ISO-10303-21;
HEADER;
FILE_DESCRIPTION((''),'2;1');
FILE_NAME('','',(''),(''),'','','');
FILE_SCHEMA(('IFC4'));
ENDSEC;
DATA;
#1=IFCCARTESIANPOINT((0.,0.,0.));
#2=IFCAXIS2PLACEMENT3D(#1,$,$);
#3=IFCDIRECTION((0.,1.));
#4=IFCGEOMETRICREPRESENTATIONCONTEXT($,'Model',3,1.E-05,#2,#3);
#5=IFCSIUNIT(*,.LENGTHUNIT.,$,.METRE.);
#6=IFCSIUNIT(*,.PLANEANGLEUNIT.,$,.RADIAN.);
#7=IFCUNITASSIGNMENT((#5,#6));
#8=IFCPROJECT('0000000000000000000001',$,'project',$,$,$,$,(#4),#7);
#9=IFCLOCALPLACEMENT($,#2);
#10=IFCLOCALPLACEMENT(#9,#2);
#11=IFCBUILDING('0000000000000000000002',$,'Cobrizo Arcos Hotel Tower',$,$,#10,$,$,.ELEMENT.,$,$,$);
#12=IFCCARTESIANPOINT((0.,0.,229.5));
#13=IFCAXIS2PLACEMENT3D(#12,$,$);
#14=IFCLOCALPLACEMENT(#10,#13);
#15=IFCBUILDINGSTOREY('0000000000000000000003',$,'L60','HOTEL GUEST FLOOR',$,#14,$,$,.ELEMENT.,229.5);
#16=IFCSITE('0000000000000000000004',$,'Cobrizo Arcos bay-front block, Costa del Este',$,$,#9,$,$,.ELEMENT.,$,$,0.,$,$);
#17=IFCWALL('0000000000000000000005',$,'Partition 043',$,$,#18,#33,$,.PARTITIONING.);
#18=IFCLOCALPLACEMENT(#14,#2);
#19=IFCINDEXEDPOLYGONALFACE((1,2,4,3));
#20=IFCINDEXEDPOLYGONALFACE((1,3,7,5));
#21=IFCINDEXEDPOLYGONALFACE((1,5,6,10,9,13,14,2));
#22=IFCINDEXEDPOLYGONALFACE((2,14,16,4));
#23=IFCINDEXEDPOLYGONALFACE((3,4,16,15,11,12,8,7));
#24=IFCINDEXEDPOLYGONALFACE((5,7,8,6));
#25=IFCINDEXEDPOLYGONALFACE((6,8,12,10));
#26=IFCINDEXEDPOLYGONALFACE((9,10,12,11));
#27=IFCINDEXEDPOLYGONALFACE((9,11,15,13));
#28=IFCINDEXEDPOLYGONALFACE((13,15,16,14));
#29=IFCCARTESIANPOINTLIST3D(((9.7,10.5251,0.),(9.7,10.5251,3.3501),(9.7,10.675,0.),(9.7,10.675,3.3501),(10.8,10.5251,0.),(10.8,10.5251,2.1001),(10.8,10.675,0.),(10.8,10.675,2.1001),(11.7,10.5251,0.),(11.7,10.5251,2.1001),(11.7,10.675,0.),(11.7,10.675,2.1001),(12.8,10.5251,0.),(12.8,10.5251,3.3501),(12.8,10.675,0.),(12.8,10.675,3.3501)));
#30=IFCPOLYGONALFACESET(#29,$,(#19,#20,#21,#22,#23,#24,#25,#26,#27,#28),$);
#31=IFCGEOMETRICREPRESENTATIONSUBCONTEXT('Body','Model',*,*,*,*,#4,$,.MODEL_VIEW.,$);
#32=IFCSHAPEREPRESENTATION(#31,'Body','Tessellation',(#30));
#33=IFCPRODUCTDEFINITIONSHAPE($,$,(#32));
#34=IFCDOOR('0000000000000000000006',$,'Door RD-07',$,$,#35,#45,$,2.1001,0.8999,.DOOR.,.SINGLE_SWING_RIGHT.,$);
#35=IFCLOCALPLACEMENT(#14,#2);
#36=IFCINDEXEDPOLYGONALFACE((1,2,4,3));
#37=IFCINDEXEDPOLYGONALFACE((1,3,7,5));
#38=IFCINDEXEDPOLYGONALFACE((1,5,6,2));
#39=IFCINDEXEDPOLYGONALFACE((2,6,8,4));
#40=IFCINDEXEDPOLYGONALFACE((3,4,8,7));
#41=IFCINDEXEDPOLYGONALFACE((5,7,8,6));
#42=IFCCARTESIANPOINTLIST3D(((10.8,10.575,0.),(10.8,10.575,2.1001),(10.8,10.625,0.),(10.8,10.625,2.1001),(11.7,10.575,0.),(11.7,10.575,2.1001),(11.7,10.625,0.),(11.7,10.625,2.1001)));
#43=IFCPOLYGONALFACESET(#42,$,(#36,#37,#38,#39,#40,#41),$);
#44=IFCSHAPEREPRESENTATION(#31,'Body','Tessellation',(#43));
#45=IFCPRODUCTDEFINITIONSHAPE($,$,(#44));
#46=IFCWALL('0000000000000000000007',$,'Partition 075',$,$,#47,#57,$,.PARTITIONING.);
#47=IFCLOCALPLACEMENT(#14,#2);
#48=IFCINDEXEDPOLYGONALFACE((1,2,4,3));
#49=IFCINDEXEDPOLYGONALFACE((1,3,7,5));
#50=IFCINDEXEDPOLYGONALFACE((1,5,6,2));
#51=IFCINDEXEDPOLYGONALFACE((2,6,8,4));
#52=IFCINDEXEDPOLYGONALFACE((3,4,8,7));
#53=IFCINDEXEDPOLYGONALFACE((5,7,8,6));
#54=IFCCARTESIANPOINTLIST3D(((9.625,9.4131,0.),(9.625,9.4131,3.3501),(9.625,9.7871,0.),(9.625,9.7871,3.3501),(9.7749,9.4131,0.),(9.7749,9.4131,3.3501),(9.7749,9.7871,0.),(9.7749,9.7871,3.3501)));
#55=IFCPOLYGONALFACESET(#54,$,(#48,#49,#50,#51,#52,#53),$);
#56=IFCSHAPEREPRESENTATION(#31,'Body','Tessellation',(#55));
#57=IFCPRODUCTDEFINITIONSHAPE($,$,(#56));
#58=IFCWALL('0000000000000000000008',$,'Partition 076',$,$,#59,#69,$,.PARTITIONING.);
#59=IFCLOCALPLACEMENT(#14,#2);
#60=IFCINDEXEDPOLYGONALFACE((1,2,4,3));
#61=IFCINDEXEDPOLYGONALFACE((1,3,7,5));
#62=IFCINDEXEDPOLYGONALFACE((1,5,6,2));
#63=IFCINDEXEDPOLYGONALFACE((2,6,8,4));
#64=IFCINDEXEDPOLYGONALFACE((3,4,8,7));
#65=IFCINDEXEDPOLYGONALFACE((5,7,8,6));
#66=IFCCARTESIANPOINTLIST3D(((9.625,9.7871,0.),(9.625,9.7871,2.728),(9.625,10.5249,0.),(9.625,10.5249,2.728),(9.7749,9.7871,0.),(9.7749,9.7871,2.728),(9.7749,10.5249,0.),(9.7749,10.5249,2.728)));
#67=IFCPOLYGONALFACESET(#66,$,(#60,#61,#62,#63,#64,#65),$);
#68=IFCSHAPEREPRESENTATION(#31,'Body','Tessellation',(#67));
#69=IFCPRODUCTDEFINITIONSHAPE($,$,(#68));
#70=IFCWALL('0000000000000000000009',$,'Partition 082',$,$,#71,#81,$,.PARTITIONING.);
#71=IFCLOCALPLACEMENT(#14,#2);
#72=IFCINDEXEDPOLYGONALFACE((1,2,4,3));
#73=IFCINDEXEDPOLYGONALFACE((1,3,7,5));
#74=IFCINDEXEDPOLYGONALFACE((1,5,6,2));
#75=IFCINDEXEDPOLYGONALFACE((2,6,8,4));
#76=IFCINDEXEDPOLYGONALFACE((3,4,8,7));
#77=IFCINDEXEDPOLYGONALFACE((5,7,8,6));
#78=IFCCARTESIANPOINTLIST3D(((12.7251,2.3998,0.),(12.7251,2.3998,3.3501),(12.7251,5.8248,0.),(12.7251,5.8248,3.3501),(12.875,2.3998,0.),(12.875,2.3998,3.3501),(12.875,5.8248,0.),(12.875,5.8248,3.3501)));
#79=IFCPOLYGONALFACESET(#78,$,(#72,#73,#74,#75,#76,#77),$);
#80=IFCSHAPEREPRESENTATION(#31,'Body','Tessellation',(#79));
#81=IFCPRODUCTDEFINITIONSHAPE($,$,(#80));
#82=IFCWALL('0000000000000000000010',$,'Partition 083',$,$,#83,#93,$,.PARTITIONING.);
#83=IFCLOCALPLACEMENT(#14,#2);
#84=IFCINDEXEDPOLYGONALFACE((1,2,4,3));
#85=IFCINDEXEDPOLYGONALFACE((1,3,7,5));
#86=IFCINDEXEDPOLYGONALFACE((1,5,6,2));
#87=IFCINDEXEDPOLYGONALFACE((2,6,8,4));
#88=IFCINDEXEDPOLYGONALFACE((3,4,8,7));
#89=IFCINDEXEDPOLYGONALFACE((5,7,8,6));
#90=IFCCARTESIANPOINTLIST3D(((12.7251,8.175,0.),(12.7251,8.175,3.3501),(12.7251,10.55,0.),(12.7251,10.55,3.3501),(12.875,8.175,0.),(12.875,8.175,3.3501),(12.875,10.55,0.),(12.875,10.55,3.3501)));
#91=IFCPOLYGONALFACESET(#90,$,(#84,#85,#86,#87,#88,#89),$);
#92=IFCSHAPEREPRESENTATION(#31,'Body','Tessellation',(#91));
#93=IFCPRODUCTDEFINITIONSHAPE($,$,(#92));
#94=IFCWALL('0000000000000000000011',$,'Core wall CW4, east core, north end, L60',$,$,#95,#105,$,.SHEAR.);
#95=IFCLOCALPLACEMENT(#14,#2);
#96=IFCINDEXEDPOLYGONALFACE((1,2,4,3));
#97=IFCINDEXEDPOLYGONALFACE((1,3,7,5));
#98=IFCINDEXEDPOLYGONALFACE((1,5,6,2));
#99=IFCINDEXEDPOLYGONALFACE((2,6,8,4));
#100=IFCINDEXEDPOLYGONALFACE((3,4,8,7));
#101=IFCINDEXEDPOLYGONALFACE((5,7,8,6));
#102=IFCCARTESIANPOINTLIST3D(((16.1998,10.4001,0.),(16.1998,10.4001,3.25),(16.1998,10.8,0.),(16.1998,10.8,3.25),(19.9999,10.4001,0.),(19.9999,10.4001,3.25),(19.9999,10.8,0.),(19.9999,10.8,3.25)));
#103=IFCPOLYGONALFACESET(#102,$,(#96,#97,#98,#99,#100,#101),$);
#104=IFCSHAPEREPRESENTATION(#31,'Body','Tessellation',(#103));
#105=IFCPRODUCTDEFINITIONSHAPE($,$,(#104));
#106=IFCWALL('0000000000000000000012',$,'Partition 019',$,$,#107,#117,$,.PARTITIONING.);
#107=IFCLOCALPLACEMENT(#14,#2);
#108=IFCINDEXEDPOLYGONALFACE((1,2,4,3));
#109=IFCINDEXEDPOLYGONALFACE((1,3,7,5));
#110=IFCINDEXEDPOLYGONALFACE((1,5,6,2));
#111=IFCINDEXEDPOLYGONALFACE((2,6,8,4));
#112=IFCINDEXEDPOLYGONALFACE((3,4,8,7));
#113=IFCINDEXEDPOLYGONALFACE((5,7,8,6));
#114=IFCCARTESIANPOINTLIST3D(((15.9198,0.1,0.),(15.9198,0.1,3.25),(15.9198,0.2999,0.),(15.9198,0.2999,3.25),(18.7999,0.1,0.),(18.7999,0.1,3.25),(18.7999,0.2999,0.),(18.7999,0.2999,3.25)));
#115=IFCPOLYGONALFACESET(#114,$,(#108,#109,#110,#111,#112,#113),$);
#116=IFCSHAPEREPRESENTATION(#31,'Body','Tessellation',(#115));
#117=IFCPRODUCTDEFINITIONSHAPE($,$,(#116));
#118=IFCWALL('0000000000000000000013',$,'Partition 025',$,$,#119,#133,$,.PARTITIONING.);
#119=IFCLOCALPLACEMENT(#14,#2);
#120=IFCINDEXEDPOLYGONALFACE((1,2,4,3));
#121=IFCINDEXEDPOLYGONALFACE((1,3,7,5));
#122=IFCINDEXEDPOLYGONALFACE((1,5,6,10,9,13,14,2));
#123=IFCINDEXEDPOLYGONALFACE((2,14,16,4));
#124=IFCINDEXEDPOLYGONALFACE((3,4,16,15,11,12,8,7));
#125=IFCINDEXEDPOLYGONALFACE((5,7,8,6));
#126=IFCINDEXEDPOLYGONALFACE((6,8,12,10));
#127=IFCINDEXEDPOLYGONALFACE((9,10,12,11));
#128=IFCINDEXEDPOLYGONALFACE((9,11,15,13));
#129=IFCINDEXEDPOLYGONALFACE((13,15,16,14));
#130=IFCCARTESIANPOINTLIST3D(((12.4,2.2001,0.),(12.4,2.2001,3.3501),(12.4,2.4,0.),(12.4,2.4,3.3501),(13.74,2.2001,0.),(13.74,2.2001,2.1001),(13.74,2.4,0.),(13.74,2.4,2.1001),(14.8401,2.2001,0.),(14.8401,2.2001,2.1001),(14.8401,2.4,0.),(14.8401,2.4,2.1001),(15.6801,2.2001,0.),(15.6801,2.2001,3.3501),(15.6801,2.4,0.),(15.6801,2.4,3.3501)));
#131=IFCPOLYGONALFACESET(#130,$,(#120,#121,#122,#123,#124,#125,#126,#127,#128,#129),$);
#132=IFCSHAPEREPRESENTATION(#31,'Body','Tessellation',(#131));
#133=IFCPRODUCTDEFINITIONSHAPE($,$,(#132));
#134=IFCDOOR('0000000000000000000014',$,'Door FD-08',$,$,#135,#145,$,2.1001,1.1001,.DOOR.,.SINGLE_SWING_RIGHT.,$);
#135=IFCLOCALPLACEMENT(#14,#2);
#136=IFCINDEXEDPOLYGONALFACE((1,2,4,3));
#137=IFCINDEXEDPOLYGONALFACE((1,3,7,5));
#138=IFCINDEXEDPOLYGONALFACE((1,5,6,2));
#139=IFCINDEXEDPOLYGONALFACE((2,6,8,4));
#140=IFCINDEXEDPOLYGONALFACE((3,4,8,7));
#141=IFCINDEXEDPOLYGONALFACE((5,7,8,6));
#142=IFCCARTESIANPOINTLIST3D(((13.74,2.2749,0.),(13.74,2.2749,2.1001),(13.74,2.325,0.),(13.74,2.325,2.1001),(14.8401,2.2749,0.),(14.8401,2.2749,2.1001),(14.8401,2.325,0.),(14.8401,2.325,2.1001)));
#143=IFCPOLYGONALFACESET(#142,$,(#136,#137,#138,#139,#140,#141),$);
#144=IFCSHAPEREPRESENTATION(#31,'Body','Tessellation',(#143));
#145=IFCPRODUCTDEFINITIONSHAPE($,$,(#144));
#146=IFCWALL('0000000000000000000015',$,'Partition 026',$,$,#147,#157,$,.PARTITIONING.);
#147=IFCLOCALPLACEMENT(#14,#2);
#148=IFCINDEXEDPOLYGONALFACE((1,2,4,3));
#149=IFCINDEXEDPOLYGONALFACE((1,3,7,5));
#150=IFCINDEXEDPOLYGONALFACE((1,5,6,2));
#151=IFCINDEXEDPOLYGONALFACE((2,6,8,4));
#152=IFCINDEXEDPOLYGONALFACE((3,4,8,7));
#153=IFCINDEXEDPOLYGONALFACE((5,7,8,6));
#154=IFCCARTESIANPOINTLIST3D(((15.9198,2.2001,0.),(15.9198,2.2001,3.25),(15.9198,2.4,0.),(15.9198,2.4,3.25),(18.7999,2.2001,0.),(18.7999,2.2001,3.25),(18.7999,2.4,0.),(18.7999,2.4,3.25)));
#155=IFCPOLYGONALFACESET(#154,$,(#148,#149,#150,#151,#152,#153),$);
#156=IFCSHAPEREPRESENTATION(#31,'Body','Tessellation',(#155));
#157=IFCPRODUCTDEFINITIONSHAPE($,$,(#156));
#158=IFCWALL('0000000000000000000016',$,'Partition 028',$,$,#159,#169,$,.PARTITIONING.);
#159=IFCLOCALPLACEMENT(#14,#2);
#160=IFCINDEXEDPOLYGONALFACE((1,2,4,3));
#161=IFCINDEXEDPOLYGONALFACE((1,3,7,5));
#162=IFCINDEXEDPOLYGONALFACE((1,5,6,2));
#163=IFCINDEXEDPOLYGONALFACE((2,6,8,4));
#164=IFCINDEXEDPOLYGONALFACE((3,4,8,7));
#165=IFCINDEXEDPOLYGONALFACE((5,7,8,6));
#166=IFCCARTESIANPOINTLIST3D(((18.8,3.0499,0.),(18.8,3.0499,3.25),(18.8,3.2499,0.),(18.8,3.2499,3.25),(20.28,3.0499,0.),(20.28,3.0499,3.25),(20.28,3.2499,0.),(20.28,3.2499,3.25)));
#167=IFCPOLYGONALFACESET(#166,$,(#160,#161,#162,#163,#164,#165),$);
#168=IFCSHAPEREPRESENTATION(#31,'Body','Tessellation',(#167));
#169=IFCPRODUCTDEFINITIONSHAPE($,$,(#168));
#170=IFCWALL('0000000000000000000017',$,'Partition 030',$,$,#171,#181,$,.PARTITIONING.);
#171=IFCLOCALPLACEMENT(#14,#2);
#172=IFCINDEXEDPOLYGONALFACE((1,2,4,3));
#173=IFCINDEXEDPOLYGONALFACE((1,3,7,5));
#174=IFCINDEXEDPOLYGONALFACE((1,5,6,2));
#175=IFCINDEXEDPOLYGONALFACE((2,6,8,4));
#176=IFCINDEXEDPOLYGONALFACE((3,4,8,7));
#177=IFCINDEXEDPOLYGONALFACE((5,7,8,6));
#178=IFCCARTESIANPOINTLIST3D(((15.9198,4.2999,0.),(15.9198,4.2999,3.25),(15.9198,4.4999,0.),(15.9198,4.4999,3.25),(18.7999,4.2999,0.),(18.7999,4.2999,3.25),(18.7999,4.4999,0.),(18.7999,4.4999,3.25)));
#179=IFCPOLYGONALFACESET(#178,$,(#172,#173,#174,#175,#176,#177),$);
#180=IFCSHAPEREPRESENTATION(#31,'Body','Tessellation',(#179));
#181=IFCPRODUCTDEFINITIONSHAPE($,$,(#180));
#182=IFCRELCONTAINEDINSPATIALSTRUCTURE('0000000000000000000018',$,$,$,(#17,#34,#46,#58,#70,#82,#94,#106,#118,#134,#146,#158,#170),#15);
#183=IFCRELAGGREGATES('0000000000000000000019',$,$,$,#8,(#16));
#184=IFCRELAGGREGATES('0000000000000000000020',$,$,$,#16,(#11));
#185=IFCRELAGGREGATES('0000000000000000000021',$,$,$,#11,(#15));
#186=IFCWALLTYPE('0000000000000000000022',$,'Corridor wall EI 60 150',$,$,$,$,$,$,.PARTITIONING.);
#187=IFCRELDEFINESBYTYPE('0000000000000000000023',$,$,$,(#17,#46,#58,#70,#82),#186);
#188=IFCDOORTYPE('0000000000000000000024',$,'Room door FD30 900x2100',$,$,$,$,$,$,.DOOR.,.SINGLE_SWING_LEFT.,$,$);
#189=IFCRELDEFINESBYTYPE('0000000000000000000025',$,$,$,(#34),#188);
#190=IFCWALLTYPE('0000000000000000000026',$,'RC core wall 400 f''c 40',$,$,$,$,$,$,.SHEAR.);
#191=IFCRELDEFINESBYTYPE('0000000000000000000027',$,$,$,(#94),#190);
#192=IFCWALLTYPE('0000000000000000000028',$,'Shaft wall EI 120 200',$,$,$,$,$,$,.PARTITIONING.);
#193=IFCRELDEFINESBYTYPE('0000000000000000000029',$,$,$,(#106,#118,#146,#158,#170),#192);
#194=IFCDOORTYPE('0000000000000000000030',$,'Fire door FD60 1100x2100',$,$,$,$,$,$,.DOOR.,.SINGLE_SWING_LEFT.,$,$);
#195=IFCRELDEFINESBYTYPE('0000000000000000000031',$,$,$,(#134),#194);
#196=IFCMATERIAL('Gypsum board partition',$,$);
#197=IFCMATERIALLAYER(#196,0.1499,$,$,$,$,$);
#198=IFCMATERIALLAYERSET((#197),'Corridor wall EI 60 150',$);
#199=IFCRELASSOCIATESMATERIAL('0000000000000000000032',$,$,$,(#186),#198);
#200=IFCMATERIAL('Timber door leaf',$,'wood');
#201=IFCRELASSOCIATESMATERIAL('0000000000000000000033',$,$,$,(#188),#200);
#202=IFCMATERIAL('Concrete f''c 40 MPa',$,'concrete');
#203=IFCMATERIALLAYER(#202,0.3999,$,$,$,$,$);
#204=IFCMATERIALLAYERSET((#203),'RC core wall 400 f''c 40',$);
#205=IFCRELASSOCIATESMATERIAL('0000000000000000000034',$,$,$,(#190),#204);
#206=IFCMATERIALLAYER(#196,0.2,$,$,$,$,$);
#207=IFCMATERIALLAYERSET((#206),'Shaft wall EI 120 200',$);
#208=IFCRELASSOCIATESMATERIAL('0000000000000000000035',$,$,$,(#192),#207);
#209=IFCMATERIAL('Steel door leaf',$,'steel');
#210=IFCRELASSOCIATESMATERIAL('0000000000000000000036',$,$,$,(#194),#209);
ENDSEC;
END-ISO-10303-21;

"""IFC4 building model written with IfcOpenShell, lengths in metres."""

from ifc_helpers import new_model, si_unit, direction, frame, frame_2d, origin, place, context, subcontext, project, spatial, rectangle, extrude, material, layer, layer_set, type_object, element, fill, save


model = new_model("IFC4")

# Units and contexts
model_context = context("Model", 3, precision=1e-05, world=origin(), true_north=direction((0.0, 1.0)))
body_context = subcontext(model_context, "Body", "Model", "MODEL_VIEW")
ifc_project = project(units=[si_unit("LENGTHUNIT", "METRE"), si_unit("PLANEANGLEUNIT", "RADIAN")], contexts=[model_context])

# Site, building, storey
site_placement = place(None, origin())
site = spatial("IfcSite", under=ifc_project, at=site_placement, Name="Cobrizo Arcos bay-front block, Costa del Este", CompositionType="ELEMENT", RefElevation=0.0)
building_placement = place(site_placement, origin())
building = spatial("IfcBuilding", under=site, at=building_placement, Name="Cobrizo Arcos Hotel Tower", CompositionType="ELEMENT")
storey_placement = place(building_placement, frame((0.0, 0.0, 229.5)))
storey = spatial("IfcBuildingStorey", under=building, at=storey_placement, Name="L60", Description="HOTEL GUEST FLOOR", CompositionType="ELEMENT", Elevation=229.5)

# Wall, opening, door
ifc_material_1 = material(Name="Gypsum board partition")
ifc_layer_1 = layer(ifc_material_1, 0.1499)
ifc_layer_set_1 = layer_set([ifc_layer_1], Name="Corridor wall EI 60 150")
wall_type_1 = type_object("IfcWallType", Name="Corridor wall EI 60 150", PredefinedType="PARTITIONING", material=ifc_layer_set_1)
wall_1_placement = place(storey_placement, frame((9.7, 10.6001, 0.0), z_axis=(0.0, 0.0, 1.0), x_axis=(1.0, 0.0, 0.0)))
wall_1 = element("IfcWall", 1, at=wall_1_placement, inside=storey, type_object=wall_type_1, Name="Partition 043", PredefinedType="PARTITIONING", context=body_context, shape_type="SweptSolid", body=[
    extrude(rectangle(XDim=3.1001, YDim=0.1499, at=frame_2d((1.55, 0.0))), origin(), (0.0, 0.0, 1.0), 3.3501),
])
opening_1_placement = place(wall_1_placement, frame((1.1001, 0.0, 0.0)))
opening_1 = element("IfcOpeningElement", 2, at=opening_1_placement, cuts=wall_1, PredefinedType="OPENING", context=body_context, shape_type="SweptSolid", body=[
    extrude(rectangle(XDim=0.8999, YDim=2.1001, at=frame_2d((0.45, 1.05))), frame((0.0, 0.0869, 0.0), z_axis=(0.0, -1.0, 0.0), x_axis=(1.0, 0.0, 0.0)), (0.0, 0.0, 1.0), 0.1738),
])
ifc_material_2 = material(Name="Timber door leaf", Category="wood")
door_type_1 = type_object("IfcDoorType", Name="Room door FD30 900x2100", OperationType="SINGLE_SWING_LEFT", PredefinedType="DOOR", material=ifc_material_2)
door_1_placement = place(opening_1_placement, origin())
door_1 = element("IfcDoor", 3, at=door_1_placement, inside=storey, type_object=door_type_1, Name="Door RD-07", OperationType="SINGLE_SWING_RIGHT", OverallHeight=2.1001, OverallWidth=0.8999, PredefinedType="DOOR", context=body_context, shape_type="SweptSolid", body=[
    extrude(rectangle(XDim=0.8999, YDim=2.1001, at=frame_2d((0.45, 1.05))), frame((0.0, 0.0249, 0.0), z_axis=(0.0, -1.0, 0.0), x_axis=(1.0, 0.0, 0.0)), (0.0, 0.0, 1.0), 0.05),
])
fill(opening_1, door_1)

# Walls
wall_2_placement = place(storey_placement, frame((9.7, 9.4131, 0.0), z_axis=(0.0, 0.0, 1.0), x_axis=(0.0, 1.0, 0.0)))
element("IfcWall", 4, at=wall_2_placement, inside=storey, type_object=wall_type_1, Name="Partition 075", PredefinedType="PARTITIONING", context=body_context, shape_type="SweptSolid", body=[
    extrude(rectangle(XDim=0.374, YDim=0.1499, at=frame_2d((0.187, 0.0))), origin(), (0.0, 0.0, 1.0), 3.3501),
])
wall_3_placement = place(storey_placement, frame((9.7, 9.7871, 0.0), z_axis=(0.0, 0.0, 1.0), x_axis=(0.0, 1.0, 0.0)))
element("IfcWall", 5, at=wall_3_placement, inside=storey, type_object=wall_type_1, Name="Partition 076", PredefinedType="PARTITIONING", context=body_context, shape_type="SweptSolid", body=[
    extrude(rectangle(XDim=0.7378, YDim=0.1499, at=frame_2d((0.3689, 0.0))), origin(), (0.0, 0.0, 1.0), 2.728),
])
wall_4_placement = place(storey_placement, frame((12.8, 2.3999, 0.0), z_axis=(0.0, 0.0, 1.0), x_axis=(0.0, 1.0, 0.0)))
element("IfcWall", 6, at=wall_4_placement, inside=storey, type_object=wall_type_1, Name="Partition 082", PredefinedType="PARTITIONING", context=body_context, shape_type="SweptSolid", body=[
    extrude(rectangle(XDim=3.425, YDim=0.1499, at=frame_2d((1.7124, 0.0))), origin(), (0.0, 0.0, 1.0), 3.3501),
])
wall_5_placement = place(storey_placement, frame((12.8, 8.175, 0.0), z_axis=(0.0, 0.0, 1.0), x_axis=(0.0, 1.0, 0.0)))
element("IfcWall", 7, at=wall_5_placement, inside=storey, type_object=wall_type_1, Name="Partition 083", PredefinedType="PARTITIONING", context=body_context, shape_type="SweptSolid", body=[
    extrude(rectangle(XDim=2.375, YDim=0.1499, at=frame_2d((1.1875, 0.0))), origin(), (0.0, 0.0, 1.0), 3.3501),
])
ifc_material_3 = material(Name="Concrete f'c 40 MPa", Category="concrete")
ifc_layer_2 = layer(ifc_material_3, 0.3999)
ifc_layer_set_2 = layer_set([ifc_layer_2], Name="RC core wall 400 f'c 40")
wall_type_2 = type_object("IfcWallType", Name="RC core wall 400 f'c 40", PredefinedType="SHEAR", material=ifc_layer_set_2)
wall_6_placement = place(storey_placement, frame((16.2, 10.6001, 0.0), z_axis=(0.0, 0.0, 1.0), x_axis=(1.0, 0.0, 0.0)))
element("IfcWall", 8, at=wall_6_placement, inside=storey, type_object=wall_type_2, Name="Core wall CW4, east core, north end, L60", PredefinedType="SHEAR", context=body_context, shape_type="SweptSolid", body=[
    extrude(rectangle(XDim=3.8, YDim=0.3999, at=frame_2d((1.8999, 0.0))), origin(), (0.0, 0.0, 1.0), 3.25),
])
ifc_layer_3 = layer(ifc_material_1, 0.2)
ifc_layer_set_3 = layer_set([ifc_layer_3], Name="Shaft wall EI 120 200")
wall_type_3 = type_object("IfcWallType", Name="Shaft wall EI 120 200", PredefinedType="PARTITIONING", material=ifc_layer_set_3)
wall_7_placement = place(storey_placement, frame((15.9199, 0.2, 0.0), z_axis=(0.0, 0.0, 1.0), x_axis=(1.0, 0.0, 0.0)))
element("IfcWall", 9, at=wall_7_placement, inside=storey, type_object=wall_type_3, Name="Partition 019", PredefinedType="PARTITIONING", context=body_context, shape_type="SweptSolid", body=[
    extrude(rectangle(XDim=2.8801, YDim=0.2, at=frame_2d((1.4399, 0.0))), origin(), (0.0, 0.0, 1.0), 3.25),
])

# Wall, opening, door
wall_8_placement = place(storey_placement, frame((12.3999, 2.3, 0.0), z_axis=(0.0, 0.0, 1.0), x_axis=(1.0, 0.0, 0.0)))
wall_8 = element("IfcWall", 10, at=wall_8_placement, inside=storey, type_object=wall_type_3, Name="Partition 025", PredefinedType="PARTITIONING", context=body_context, shape_type="SweptSolid", body=[
    extrude(rectangle(XDim=3.28, YDim=0.2, at=frame_2d((1.6401, 0.0))), origin(), (0.0, 0.0, 1.0), 3.3501),
])
opening_2_placement = place(wall_8_placement, frame((1.3401, 0.0, 0.0)))
opening_2 = element("IfcOpeningElement", 11, at=opening_2_placement, cuts=wall_8, PredefinedType="OPENING", context=body_context, shape_type="SweptSolid", body=[
    extrude(rectangle(XDim=1.1001, YDim=2.1001, at=frame_2d((0.55, 1.05))), frame((0.0, 0.1121, 0.0), z_axis=(0.0, -1.0, 0.0), x_axis=(1.0, 0.0, 0.0)), (0.0, 0.0, 1.0), 0.2239),
])
ifc_material_4 = material(Name="Steel door leaf", Category="steel")
door_type_2 = type_object("IfcDoorType", Name="Fire door FD60 1100x2100", OperationType="SINGLE_SWING_LEFT", PredefinedType="DOOR", material=ifc_material_4)
door_2_placement = place(opening_2_placement, origin())
door_2 = element("IfcDoor", 12, at=door_2_placement, inside=storey, type_object=door_type_2, Name="Door FD-08", OperationType="SINGLE_SWING_RIGHT", OverallHeight=2.1001, OverallWidth=1.1001, PredefinedType="DOOR", context=body_context, shape_type="SweptSolid", body=[
    extrude(rectangle(XDim=1.1001, YDim=2.1001, at=frame_2d((0.55, 1.05))), frame((0.0, 0.0249, 0.0), z_axis=(0.0, -1.0, 0.0), x_axis=(1.0, 0.0, 0.0)), (0.0, 0.0, 1.0), 0.05),
])
fill(opening_2, door_2)

# Walls
wall_9_placement = place(storey_placement, frame((15.9199, 2.3, 0.0), z_axis=(0.0, 0.0, 1.0), x_axis=(1.0, 0.0, 0.0)))
element("IfcWall", 13, at=wall_9_placement, inside=storey, type_object=wall_type_3, Name="Partition 026", PredefinedType="PARTITIONING", context=body_context, shape_type="SweptSolid", body=[
    extrude(rectangle(XDim=2.8801, YDim=0.2, at=frame_2d((1.4399, 0.0))), origin(), (0.0, 0.0, 1.0), 3.25),
])
wall_10_placement = place(storey_placement, frame((18.8, 3.1499, 0.0), z_axis=(0.0, 0.0, 1.0), x_axis=(1.0, 0.0, 0.0)))
element("IfcWall", 14, at=wall_10_placement, inside=storey, type_object=wall_type_3, Name="Partition 028", PredefinedType="PARTITIONING", context=body_context, shape_type="SweptSolid", body=[
    extrude(rectangle(XDim=1.48, YDim=0.2, at=frame_2d((0.74, 0.0))), origin(), (0.0, 0.0, 1.0), 3.25),
])
for number, where, z_axis, x_axis, name in (
    (15, (15.9199, 4.3999, 0.0), (0.0, 0.0, 1.0), (1.0, 0.0, 0.0), "Partition 030"),
):
    element("IfcWall", number, at=place(storey_placement, frame(where, z_axis=z_axis, x_axis=x_axis)), inside=storey, type_object=wall_type_3, Name=name, PredefinedType="PARTITIONING", context=body_context, shape_type="SweptSolid", body=[
        extrude(rectangle(XDim=2.8801, YDim=0.2, at=frame_2d((1.4399, 0.0))), origin(), (0.0, 0.0, 1.0), 3.25),
    ])

save(model, "model.ifc")
